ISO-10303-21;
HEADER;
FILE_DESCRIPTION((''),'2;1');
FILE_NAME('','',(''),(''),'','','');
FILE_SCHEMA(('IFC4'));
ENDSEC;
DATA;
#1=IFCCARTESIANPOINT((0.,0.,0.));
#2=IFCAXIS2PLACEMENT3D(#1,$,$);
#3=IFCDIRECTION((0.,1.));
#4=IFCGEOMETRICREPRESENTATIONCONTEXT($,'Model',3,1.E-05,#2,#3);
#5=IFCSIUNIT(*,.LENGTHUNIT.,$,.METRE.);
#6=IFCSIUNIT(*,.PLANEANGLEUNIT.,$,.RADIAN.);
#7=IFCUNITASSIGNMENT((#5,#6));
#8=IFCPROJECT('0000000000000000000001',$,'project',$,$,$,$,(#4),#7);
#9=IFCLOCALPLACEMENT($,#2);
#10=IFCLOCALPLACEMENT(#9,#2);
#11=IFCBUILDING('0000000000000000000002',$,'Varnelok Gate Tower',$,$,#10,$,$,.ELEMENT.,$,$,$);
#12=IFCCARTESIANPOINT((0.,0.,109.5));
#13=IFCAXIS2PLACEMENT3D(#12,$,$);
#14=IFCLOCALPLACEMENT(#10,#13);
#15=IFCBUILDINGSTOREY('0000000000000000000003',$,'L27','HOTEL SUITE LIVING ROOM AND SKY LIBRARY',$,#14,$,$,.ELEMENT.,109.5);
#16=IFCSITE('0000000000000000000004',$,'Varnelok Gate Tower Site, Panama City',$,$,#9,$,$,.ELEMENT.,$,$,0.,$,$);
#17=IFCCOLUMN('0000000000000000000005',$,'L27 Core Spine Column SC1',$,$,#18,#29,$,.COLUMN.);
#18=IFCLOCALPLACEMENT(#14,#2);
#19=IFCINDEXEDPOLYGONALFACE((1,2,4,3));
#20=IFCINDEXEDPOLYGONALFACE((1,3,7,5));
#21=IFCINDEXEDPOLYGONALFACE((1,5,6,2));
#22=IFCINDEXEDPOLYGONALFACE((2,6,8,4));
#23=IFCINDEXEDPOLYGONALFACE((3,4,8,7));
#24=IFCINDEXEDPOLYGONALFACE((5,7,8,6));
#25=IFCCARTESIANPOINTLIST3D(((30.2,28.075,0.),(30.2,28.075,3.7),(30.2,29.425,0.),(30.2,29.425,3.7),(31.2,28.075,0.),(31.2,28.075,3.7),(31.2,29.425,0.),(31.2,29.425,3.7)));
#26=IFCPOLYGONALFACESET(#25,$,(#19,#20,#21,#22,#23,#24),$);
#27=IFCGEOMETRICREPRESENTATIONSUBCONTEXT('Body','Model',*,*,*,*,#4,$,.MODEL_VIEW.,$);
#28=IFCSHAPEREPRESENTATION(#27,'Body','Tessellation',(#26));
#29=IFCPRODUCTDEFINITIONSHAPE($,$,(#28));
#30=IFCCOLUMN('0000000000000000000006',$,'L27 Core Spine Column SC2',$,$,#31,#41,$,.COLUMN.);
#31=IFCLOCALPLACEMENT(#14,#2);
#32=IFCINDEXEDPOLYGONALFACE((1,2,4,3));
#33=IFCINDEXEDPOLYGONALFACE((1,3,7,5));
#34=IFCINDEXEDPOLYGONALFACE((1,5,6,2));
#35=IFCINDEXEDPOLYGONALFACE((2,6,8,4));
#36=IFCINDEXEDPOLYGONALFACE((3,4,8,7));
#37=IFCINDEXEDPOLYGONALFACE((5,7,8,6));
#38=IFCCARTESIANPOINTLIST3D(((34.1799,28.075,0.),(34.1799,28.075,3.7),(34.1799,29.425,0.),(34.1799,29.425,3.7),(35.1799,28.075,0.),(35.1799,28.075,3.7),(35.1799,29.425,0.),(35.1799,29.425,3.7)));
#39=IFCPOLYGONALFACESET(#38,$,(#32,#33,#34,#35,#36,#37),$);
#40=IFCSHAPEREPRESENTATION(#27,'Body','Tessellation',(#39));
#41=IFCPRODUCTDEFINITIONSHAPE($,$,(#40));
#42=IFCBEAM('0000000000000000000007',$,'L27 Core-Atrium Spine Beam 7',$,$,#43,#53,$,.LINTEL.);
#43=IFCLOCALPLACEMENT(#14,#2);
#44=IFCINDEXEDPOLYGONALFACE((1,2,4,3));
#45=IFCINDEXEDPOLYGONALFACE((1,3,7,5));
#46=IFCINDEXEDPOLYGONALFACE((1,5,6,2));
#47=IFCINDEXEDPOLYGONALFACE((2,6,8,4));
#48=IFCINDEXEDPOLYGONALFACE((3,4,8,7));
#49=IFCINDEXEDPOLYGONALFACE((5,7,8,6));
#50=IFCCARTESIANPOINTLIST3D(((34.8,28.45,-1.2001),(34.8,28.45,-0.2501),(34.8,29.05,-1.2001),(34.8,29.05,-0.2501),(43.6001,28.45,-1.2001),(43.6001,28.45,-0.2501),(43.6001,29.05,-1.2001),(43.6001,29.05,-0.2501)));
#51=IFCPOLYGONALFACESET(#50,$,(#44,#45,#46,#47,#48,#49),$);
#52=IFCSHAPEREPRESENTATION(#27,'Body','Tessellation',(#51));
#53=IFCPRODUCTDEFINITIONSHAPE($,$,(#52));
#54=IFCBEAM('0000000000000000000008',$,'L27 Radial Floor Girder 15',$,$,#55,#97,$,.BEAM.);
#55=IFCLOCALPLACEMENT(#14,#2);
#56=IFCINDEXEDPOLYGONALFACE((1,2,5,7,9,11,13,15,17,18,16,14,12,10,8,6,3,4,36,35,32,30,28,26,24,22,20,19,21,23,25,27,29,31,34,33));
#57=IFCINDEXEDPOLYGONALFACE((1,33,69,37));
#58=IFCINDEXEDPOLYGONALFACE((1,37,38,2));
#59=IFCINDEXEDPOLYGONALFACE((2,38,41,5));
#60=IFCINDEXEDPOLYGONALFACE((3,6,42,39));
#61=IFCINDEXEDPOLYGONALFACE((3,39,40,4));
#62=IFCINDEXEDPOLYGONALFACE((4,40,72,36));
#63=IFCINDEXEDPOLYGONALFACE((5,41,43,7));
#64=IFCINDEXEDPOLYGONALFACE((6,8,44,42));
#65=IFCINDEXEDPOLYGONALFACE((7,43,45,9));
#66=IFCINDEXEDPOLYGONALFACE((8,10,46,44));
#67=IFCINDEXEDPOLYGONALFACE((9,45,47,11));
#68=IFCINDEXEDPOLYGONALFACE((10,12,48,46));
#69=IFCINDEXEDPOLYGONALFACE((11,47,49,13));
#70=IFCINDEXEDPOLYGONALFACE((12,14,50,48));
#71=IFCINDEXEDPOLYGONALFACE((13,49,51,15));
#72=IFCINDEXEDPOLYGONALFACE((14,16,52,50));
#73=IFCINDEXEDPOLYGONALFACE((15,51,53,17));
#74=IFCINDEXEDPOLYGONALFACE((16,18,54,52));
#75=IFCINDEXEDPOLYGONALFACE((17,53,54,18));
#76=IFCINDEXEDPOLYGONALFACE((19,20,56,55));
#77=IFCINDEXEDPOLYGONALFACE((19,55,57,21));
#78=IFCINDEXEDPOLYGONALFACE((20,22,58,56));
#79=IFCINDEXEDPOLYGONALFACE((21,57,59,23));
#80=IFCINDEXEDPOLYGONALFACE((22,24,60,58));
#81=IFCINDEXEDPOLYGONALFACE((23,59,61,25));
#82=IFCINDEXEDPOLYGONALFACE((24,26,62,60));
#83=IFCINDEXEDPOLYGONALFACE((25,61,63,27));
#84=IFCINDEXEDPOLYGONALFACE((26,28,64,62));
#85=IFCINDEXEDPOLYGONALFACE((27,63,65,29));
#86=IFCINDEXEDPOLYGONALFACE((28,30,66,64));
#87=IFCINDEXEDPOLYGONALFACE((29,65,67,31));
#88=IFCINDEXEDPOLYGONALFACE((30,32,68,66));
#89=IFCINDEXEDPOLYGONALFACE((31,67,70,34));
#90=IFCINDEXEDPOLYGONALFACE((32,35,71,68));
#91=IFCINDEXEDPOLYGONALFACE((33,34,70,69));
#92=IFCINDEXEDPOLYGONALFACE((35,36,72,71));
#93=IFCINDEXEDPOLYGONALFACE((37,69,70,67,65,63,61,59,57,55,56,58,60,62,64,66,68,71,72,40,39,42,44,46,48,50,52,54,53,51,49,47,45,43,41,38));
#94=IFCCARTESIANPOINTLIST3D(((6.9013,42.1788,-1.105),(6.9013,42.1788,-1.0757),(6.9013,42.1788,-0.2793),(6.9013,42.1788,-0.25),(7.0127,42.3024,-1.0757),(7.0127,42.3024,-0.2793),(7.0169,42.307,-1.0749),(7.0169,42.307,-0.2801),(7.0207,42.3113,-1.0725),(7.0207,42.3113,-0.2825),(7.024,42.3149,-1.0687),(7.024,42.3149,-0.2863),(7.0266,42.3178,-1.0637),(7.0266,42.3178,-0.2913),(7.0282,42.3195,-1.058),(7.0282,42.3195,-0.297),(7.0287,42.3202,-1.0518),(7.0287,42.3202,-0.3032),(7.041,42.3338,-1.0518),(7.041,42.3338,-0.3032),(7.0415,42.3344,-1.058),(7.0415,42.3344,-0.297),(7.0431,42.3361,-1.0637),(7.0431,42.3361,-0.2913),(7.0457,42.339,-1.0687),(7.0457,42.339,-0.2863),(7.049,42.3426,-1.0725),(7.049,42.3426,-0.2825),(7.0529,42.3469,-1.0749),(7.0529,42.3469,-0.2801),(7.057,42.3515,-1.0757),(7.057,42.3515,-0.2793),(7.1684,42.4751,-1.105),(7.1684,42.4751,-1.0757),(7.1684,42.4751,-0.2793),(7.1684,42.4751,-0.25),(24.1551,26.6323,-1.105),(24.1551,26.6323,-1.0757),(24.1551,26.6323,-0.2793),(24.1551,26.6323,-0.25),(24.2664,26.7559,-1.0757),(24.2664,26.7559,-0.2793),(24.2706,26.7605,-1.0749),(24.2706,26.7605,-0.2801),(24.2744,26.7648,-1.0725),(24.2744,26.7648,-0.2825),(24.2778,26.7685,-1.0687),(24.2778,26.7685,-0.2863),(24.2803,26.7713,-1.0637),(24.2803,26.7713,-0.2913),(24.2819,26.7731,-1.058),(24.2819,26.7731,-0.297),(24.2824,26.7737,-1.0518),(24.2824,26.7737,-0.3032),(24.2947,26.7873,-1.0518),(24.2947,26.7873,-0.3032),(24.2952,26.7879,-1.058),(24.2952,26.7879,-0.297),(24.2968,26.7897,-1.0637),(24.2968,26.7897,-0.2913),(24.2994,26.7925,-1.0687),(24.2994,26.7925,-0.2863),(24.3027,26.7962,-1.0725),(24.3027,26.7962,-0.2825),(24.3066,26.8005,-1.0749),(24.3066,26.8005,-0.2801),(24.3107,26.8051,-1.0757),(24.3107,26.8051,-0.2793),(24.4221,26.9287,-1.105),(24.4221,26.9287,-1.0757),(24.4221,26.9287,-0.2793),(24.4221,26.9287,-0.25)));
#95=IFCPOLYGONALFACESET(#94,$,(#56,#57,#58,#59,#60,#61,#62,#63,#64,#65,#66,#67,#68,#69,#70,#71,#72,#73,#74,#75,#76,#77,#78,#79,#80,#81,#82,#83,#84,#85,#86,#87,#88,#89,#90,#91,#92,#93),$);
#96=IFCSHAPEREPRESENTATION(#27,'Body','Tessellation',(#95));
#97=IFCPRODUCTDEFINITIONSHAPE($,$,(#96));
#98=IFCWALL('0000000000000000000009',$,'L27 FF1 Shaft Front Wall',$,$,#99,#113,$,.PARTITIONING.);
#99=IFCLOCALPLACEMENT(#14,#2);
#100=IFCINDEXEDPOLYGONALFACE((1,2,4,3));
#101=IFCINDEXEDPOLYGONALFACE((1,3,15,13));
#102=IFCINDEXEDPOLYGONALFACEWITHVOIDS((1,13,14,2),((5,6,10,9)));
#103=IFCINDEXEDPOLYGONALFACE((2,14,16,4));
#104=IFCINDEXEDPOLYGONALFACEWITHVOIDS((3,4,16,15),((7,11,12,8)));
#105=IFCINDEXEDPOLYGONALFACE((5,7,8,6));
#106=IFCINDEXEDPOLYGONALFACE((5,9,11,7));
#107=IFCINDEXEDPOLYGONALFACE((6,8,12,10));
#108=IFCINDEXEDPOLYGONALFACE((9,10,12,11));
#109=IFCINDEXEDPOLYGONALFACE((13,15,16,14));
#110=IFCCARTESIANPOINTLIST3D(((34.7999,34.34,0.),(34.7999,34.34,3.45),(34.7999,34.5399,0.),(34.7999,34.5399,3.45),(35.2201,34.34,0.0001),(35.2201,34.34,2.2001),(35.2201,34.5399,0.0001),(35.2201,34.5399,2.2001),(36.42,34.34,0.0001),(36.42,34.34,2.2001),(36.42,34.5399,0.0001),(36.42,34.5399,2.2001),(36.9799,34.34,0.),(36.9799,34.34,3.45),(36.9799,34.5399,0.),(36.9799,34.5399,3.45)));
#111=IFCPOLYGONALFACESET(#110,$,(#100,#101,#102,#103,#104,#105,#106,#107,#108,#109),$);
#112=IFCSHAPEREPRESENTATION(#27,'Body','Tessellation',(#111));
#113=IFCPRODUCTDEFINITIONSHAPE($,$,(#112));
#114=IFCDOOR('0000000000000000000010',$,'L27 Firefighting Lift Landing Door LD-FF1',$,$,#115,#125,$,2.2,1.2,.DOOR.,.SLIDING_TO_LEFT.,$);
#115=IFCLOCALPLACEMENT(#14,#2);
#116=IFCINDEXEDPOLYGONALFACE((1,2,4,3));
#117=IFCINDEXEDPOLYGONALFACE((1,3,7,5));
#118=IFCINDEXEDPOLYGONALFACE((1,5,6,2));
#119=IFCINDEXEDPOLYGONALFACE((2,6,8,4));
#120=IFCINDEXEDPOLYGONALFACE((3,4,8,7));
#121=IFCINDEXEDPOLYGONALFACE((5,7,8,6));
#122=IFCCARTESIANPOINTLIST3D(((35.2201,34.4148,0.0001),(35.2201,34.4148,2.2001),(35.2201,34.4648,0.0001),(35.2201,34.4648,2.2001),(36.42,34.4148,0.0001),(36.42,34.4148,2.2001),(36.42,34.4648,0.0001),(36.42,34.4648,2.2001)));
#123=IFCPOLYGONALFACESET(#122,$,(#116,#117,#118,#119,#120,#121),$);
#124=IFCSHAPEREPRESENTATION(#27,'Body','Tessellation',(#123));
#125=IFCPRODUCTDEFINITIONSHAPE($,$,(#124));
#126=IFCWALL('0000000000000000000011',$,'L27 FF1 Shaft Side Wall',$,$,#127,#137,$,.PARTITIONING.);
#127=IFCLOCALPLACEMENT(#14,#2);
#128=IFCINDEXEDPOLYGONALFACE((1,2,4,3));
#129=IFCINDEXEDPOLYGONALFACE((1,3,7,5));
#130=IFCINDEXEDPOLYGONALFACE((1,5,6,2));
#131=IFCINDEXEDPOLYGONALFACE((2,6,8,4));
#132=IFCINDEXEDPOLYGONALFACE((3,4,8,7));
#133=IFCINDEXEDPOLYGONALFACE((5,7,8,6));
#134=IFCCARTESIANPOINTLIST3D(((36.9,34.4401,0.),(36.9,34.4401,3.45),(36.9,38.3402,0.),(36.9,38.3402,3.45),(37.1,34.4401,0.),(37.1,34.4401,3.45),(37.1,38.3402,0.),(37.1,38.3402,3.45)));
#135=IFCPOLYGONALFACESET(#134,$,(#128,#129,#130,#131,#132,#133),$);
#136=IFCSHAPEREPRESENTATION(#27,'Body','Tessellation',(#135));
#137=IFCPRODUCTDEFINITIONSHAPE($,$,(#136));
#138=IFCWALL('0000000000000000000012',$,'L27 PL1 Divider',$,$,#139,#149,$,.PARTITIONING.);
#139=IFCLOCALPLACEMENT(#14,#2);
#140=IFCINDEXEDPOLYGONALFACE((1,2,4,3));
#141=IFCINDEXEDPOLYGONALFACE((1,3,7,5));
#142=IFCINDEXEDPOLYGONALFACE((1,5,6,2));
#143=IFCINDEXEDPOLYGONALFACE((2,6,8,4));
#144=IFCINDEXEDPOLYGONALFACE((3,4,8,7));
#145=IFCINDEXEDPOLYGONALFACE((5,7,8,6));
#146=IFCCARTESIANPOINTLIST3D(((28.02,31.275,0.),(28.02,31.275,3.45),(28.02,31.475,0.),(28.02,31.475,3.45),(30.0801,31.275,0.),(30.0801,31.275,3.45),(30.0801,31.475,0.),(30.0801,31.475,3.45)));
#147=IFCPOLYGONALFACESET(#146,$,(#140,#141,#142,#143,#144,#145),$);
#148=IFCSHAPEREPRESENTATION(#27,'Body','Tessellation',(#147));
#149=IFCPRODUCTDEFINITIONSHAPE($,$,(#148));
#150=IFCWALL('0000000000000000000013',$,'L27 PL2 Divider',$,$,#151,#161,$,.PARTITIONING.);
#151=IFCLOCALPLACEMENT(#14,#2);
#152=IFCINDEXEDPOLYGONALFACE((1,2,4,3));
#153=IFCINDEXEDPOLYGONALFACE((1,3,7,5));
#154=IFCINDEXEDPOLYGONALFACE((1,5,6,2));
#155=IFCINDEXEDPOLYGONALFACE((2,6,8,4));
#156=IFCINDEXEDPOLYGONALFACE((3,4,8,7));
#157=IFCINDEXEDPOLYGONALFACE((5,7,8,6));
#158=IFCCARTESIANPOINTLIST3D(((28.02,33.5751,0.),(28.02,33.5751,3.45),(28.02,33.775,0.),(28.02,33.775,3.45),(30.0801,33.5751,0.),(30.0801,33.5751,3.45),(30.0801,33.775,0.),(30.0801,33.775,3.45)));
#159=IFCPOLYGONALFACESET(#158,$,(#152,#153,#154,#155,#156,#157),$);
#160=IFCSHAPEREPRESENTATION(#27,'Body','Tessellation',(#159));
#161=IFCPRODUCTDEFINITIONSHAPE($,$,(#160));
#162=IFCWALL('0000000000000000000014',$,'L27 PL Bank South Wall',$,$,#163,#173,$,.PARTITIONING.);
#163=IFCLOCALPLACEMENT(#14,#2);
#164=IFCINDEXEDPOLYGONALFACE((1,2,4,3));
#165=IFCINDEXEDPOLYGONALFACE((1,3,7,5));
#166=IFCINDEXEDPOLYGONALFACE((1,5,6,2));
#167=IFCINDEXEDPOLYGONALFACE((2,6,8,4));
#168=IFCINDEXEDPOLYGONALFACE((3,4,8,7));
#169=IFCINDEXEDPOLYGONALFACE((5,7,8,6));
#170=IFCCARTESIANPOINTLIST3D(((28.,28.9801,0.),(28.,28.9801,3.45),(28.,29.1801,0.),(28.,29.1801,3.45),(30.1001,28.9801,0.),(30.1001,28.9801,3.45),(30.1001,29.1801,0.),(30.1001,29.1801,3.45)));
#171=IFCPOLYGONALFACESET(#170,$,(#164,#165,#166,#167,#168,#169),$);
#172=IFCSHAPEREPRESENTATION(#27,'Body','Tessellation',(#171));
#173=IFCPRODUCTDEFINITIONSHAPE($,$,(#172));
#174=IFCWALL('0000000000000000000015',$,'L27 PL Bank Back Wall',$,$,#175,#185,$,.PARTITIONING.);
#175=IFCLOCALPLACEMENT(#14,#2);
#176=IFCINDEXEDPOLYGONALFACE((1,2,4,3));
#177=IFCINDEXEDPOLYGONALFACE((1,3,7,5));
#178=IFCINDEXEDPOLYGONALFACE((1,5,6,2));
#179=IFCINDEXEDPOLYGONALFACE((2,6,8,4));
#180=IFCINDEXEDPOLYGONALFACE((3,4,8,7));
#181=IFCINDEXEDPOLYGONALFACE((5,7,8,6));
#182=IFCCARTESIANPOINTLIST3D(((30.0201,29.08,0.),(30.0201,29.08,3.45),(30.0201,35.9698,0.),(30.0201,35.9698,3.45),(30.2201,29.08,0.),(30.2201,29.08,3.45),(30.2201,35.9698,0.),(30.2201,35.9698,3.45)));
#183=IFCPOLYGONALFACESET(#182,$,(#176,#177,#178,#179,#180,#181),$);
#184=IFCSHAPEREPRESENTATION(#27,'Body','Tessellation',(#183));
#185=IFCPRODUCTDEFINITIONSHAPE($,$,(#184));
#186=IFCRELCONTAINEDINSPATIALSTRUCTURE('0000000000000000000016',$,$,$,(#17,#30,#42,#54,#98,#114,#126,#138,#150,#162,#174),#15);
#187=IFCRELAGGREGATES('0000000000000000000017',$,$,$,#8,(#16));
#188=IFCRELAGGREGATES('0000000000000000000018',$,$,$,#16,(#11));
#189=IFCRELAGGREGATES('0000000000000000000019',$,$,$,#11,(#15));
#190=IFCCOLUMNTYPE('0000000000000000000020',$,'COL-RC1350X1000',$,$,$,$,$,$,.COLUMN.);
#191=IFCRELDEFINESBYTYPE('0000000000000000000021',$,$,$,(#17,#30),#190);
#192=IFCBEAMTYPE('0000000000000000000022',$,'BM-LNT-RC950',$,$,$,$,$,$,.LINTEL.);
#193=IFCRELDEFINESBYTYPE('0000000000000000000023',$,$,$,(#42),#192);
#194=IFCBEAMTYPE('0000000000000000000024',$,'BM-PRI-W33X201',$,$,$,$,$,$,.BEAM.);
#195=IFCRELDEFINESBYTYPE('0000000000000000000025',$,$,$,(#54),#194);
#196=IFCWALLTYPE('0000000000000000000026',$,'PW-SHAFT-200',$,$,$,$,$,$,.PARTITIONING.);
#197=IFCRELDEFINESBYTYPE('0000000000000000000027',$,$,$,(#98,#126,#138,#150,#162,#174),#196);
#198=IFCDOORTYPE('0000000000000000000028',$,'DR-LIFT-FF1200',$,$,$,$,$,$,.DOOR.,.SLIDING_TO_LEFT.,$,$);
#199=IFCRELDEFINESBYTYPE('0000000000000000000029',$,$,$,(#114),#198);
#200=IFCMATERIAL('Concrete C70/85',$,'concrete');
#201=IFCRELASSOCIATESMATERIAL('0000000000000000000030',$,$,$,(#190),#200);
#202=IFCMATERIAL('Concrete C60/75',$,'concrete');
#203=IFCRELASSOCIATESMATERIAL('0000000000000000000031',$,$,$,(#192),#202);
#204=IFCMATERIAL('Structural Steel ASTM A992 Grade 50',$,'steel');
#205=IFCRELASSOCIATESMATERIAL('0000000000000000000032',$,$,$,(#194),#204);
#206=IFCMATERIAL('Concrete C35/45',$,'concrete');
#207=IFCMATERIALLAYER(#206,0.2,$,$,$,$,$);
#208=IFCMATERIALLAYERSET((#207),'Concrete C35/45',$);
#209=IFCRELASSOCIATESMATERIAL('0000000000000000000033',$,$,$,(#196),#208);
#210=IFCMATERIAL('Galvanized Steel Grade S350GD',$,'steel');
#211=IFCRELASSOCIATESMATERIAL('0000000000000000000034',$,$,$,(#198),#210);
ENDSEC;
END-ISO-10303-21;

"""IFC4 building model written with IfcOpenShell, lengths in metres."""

from ifc_helpers import new_model, si_unit, direction, frame, frame_2d, origin, origin_2d, place, context, subcontext, project, spatial, rectangle, i_section, extrude, material, layer, layer_set, material_profile, profile_set, type_object, element, fill, save


model = new_model("IFC4")

# Units and contexts
model_context = context("Model", 3, precision=1e-05, world=origin(), true_north=direction((0.0, 1.0)))
body_context = subcontext(model_context, "Body", "Model", "MODEL_VIEW")
ifc_project = project(units=[si_unit("LENGTHUNIT", "METRE"), si_unit("PLANEANGLEUNIT", "RADIAN")], contexts=[model_context])

# Site, building, storey
site_placement = place(None, origin())
site = spatial("IfcSite", under=ifc_project, at=site_placement, Name="Varnelok Gate Tower Site, Panama City", CompositionType="ELEMENT", RefElevation=0.0)
building_placement = place(site_placement, origin())
building = spatial("IfcBuilding", under=site, at=building_placement, Name="Varnelok Gate Tower", CompositionType="ELEMENT")
storey_placement = place(building_placement, frame((0.0, 0.0, 109.5)))
storey = spatial("IfcBuildingStorey", under=building, at=storey_placement, Name="L27", Description="HOTEL SUITE LIVING ROOM AND SKY LIBRARY", CompositionType="ELEMENT", Elevation=109.5)

# Columns
ifc_material_1 = material(Name="Concrete C70/85", Category="concrete")
ifc_material_profile_1 = material_profile(ifc_material_1, rectangle(XDim=1.0, YDim=1.3501, at=origin_2d()), Name="RC1350X1000")
ifc_profile_set_1 = profile_set([ifc_material_profile_1], Name="Concrete C70/85")
column_type = type_object("IfcColumnType", Name="COL-RC1350X1000", PredefinedType="COLUMN", material=ifc_profile_set_1)
for number, where, z_axis, x_axis, name in (
    (1, (30.7, 28.75, 0.0), (0.0, 0.0, 1.0), (1.0, 0.0, 0.0), "L27 Core Spine Column SC1"),
    (2, (34.6799, 28.75, 0.0), (0.0, 0.0, 1.0), (1.0, 0.0, 0.0), "L27 Core Spine Column SC2"),
):
    element("IfcColumn", number, at=place(storey_placement, frame(where, z_axis=z_axis, x_axis=x_axis)), inside=storey, type_object=column_type, Name=name, PredefinedType="COLUMN", context=body_context, shape_type="SweptSolid", body=[
        extrude(rectangle(XDim=1.0, YDim=1.3501, at=origin_2d()), origin(), (0.0, 0.0, 1.0), 3.7),
    ])

# Beams
ifc_material_2 = material(Name="Concrete C60/75", Category="concrete")
ifc_material_profile_2 = material_profile(ifc_material_2, rectangle(XDim=0.6001, YDim=0.95, at=origin_2d()), Name="RC950X600")
ifc_profile_set_2 = profile_set([ifc_material_profile_2], Name="Concrete C60/75")
beam_type_1 = type_object("IfcBeamType", Name="BM-LNT-RC950", PredefinedType="LINTEL", material=ifc_profile_set_2)
beam_1_placement = place(storey_placement, frame((34.8, 28.75, -0.7251), z_axis=(1.0, 0.0, 0.0), x_axis=(0.0, 1.0, 0.0)))
element("IfcBeam", 3, at=beam_1_placement, inside=storey, type_object=beam_type_1, Name="L27 Core-Atrium Spine Beam 7", PredefinedType="LINTEL", context=body_context, shape_type="SweptSolid", body=[
    extrude(rectangle(XDim=0.6001, YDim=0.95, at=origin_2d()), origin(), (0.0, 0.0, 1.0), 8.8),
])
ifc_material_3 = material(Name="Structural Steel ASTM A992 Grade 50", Category="steel")
ifc_material_profile_3 = material_profile(ifc_material_3, i_section(OverallWidth=0.3989, OverallDepth=0.855, WebThickness=0.0183, FlangeThickness=0.0293, FilletRadius=0.0239, at=origin_2d()), Name="W33X201")
ifc_profile_set_3 = profile_set([ifc_material_profile_3], Name="Structural Steel ASTM A992 Grade 50")
beam_type_2 = type_object("IfcBeamType", Name="BM-PRI-W33X201", PredefinedType="BEAM", material=ifc_profile_set_3)
beam_2_placement = place(storey_placement, frame((24.2886, 26.7805, -0.6775), z_axis=(-0.742907, 0.669395, 0.0), x_axis=(-0.669395, -0.742907, 0.0)))
element("IfcBeam", 4, at=beam_2_placement, inside=storey, type_object=beam_type_2, Name="L27 Radial Floor Girder 15", PredefinedType="BEAM", context=body_context, shape_type="SweptSolid", body=[
    extrude(i_section(OverallWidth=0.3989, OverallDepth=0.855, WebThickness=0.0183, FlangeThickness=0.0293, FilletRadius=0.0239, at=origin_2d()), origin(), (0.0, 0.0, 1.0), 23.2246),
])

# Wall, opening, door
ifc_material_4 = material(Name="Concrete C35/45", Category="concrete")
ifc_layer_1 = layer(ifc_material_4, 0.2)
ifc_layer_set_1 = layer_set([ifc_layer_1], Name="Concrete C35/45")
wall_type_1 = type_object("IfcWallType", Name="PW-SHAFT-200", PredefinedType="PARTITIONING", material=ifc_layer_set_1)
wall_1_placement = place(storey_placement, frame((34.8, 34.4399, 0.0), z_axis=(0.0, 0.0, 1.0), x_axis=(1.0, 0.0, 0.0)))
wall_1 = element("IfcWall", 5, at=wall_1_placement, inside=storey, type_object=wall_type_1, Name="L27 FF1 Shaft Front Wall", PredefinedType="PARTITIONING", context=body_context, shape_type="SweptSolid", body=[
    extrude(rectangle(XDim=2.1799, YDim=0.2, at=frame_2d((1.0898, 0.0))), origin(), (0.0, 0.0, 1.0), 3.45),
])
opening_1_placement = place(wall_1_placement, frame((0.4199, 0.0, 0.0)))
opening_1 = element("IfcOpeningElement", 6, at=opening_1_placement, cuts=wall_1, PredefinedType="OPENING", context=body_context, shape_type="SweptSolid", body=[
    extrude(rectangle(XDim=1.2, YDim=2.2, at=frame_2d((0.6001, 1.1001))), frame((0.0, 0.1099, 0.0), z_axis=(0.0, -1.0, 0.0), x_axis=(1.0, 0.0, 0.0)), (0.0, 0.0, 1.0), 0.22),
])
ifc_material_5 = material(Name="Galvanized Steel Grade S350GD", Category="steel")
door_type_1 = type_object("IfcDoorType", Name="DR-LIFT-FF1200", OperationType="SLIDING_TO_LEFT", PredefinedType="DOOR", material=ifc_material_5)
door_1_placement = place(opening_1_placement, origin())
door_1 = element("IfcDoor", 7, at=door_1_placement, inside=storey, type_object=door_type_1, Name="L27 Firefighting Lift Landing Door LD-FF1", OperationType="SLIDING_TO_LEFT", OverallHeight=2.2, OverallWidth=1.2, PredefinedType="DOOR", context=body_context, shape_type="SweptSolid", body=[
    extrude(rectangle(XDim=1.2, YDim=2.2, at=frame_2d((0.6001, 1.1001))), frame((0.0, 0.0249, 0.0), z_axis=(0.0, -1.0, 0.0), x_axis=(1.0, 0.0, 0.0)), (0.0, 0.0, 1.0), 0.05),
])
fill(opening_1, door_1)

# Walls
wall_2_placement = place(storey_placement, frame((37.0, 34.4399, 0.0), z_axis=(0.0, 0.0, 1.0), x_axis=(0.0, 1.0, 0.0)))
element("IfcWall", 8, at=wall_2_placement, inside=storey, type_object=wall_type_1, Name="L27 FF1 Shaft Side Wall", PredefinedType="PARTITIONING", context=body_context, shape_type="SweptSolid", body=[
    extrude(rectangle(XDim=3.9001, YDim=0.2, at=frame_2d((1.9502, 0.0))), origin(), (0.0, 0.0, 1.0), 3.45),
])
for number, where, z_axis, x_axis, name in (
    (9, (28.02, 31.375, 0.0), (0.0, 0.0, 1.0), (1.0, 0.0, 0.0), "L27 PL1 Divider"),
    (10, (28.02, 33.675, 0.0), (0.0, 0.0, 1.0), (1.0, 0.0, 0.0), "L27 PL2 Divider"),
):
    element("IfcWall", number, at=place(storey_placement, frame(where, z_axis=z_axis, x_axis=x_axis)), inside=storey, type_object=wall_type_1, Name=name, PredefinedType="PARTITIONING", context=body_context, shape_type="SweptSolid", body=[
        extrude(rectangle(XDim=2.0601, YDim=0.2, at=frame_2d((1.03, 0.0))), origin(), (0.0, 0.0, 1.0), 3.45),
    ])
wall_3_placement = place(storey_placement, frame((28.0, 29.0801, 0.0), z_axis=(0.0, 0.0, 1.0), x_axis=(1.0, 0.0, 0.0)))
element("IfcWall", 11, at=wall_3_placement, inside=storey, type_object=wall_type_1, Name="L27 PL Bank South Wall", PredefinedType="PARTITIONING", context=body_context, shape_type="SweptSolid", body=[
    extrude(rectangle(XDim=2.1001, YDim=0.2, at=frame_2d((1.05, 0.0))), origin(), (0.0, 0.0, 1.0), 3.45),
])
wall_4_placement = place(storey_placement, frame((30.1201, 29.0801, 0.0), z_axis=(0.0, 0.0, 1.0), x_axis=(0.0, 1.0, 0.0)))
element("IfcWall", 12, at=wall_4_placement, inside=storey, type_object=wall_type_1, Name="L27 PL Bank Back Wall", PredefinedType="PARTITIONING", context=body_context, shape_type="SweptSolid", body=[
    extrude(rectangle(XDim=6.8899, YDim=0.2, at=frame_2d((3.4448, 0.0))), origin(), (0.0, 0.0, 1.0), 3.45),
])

save(model, "model.ifc")
